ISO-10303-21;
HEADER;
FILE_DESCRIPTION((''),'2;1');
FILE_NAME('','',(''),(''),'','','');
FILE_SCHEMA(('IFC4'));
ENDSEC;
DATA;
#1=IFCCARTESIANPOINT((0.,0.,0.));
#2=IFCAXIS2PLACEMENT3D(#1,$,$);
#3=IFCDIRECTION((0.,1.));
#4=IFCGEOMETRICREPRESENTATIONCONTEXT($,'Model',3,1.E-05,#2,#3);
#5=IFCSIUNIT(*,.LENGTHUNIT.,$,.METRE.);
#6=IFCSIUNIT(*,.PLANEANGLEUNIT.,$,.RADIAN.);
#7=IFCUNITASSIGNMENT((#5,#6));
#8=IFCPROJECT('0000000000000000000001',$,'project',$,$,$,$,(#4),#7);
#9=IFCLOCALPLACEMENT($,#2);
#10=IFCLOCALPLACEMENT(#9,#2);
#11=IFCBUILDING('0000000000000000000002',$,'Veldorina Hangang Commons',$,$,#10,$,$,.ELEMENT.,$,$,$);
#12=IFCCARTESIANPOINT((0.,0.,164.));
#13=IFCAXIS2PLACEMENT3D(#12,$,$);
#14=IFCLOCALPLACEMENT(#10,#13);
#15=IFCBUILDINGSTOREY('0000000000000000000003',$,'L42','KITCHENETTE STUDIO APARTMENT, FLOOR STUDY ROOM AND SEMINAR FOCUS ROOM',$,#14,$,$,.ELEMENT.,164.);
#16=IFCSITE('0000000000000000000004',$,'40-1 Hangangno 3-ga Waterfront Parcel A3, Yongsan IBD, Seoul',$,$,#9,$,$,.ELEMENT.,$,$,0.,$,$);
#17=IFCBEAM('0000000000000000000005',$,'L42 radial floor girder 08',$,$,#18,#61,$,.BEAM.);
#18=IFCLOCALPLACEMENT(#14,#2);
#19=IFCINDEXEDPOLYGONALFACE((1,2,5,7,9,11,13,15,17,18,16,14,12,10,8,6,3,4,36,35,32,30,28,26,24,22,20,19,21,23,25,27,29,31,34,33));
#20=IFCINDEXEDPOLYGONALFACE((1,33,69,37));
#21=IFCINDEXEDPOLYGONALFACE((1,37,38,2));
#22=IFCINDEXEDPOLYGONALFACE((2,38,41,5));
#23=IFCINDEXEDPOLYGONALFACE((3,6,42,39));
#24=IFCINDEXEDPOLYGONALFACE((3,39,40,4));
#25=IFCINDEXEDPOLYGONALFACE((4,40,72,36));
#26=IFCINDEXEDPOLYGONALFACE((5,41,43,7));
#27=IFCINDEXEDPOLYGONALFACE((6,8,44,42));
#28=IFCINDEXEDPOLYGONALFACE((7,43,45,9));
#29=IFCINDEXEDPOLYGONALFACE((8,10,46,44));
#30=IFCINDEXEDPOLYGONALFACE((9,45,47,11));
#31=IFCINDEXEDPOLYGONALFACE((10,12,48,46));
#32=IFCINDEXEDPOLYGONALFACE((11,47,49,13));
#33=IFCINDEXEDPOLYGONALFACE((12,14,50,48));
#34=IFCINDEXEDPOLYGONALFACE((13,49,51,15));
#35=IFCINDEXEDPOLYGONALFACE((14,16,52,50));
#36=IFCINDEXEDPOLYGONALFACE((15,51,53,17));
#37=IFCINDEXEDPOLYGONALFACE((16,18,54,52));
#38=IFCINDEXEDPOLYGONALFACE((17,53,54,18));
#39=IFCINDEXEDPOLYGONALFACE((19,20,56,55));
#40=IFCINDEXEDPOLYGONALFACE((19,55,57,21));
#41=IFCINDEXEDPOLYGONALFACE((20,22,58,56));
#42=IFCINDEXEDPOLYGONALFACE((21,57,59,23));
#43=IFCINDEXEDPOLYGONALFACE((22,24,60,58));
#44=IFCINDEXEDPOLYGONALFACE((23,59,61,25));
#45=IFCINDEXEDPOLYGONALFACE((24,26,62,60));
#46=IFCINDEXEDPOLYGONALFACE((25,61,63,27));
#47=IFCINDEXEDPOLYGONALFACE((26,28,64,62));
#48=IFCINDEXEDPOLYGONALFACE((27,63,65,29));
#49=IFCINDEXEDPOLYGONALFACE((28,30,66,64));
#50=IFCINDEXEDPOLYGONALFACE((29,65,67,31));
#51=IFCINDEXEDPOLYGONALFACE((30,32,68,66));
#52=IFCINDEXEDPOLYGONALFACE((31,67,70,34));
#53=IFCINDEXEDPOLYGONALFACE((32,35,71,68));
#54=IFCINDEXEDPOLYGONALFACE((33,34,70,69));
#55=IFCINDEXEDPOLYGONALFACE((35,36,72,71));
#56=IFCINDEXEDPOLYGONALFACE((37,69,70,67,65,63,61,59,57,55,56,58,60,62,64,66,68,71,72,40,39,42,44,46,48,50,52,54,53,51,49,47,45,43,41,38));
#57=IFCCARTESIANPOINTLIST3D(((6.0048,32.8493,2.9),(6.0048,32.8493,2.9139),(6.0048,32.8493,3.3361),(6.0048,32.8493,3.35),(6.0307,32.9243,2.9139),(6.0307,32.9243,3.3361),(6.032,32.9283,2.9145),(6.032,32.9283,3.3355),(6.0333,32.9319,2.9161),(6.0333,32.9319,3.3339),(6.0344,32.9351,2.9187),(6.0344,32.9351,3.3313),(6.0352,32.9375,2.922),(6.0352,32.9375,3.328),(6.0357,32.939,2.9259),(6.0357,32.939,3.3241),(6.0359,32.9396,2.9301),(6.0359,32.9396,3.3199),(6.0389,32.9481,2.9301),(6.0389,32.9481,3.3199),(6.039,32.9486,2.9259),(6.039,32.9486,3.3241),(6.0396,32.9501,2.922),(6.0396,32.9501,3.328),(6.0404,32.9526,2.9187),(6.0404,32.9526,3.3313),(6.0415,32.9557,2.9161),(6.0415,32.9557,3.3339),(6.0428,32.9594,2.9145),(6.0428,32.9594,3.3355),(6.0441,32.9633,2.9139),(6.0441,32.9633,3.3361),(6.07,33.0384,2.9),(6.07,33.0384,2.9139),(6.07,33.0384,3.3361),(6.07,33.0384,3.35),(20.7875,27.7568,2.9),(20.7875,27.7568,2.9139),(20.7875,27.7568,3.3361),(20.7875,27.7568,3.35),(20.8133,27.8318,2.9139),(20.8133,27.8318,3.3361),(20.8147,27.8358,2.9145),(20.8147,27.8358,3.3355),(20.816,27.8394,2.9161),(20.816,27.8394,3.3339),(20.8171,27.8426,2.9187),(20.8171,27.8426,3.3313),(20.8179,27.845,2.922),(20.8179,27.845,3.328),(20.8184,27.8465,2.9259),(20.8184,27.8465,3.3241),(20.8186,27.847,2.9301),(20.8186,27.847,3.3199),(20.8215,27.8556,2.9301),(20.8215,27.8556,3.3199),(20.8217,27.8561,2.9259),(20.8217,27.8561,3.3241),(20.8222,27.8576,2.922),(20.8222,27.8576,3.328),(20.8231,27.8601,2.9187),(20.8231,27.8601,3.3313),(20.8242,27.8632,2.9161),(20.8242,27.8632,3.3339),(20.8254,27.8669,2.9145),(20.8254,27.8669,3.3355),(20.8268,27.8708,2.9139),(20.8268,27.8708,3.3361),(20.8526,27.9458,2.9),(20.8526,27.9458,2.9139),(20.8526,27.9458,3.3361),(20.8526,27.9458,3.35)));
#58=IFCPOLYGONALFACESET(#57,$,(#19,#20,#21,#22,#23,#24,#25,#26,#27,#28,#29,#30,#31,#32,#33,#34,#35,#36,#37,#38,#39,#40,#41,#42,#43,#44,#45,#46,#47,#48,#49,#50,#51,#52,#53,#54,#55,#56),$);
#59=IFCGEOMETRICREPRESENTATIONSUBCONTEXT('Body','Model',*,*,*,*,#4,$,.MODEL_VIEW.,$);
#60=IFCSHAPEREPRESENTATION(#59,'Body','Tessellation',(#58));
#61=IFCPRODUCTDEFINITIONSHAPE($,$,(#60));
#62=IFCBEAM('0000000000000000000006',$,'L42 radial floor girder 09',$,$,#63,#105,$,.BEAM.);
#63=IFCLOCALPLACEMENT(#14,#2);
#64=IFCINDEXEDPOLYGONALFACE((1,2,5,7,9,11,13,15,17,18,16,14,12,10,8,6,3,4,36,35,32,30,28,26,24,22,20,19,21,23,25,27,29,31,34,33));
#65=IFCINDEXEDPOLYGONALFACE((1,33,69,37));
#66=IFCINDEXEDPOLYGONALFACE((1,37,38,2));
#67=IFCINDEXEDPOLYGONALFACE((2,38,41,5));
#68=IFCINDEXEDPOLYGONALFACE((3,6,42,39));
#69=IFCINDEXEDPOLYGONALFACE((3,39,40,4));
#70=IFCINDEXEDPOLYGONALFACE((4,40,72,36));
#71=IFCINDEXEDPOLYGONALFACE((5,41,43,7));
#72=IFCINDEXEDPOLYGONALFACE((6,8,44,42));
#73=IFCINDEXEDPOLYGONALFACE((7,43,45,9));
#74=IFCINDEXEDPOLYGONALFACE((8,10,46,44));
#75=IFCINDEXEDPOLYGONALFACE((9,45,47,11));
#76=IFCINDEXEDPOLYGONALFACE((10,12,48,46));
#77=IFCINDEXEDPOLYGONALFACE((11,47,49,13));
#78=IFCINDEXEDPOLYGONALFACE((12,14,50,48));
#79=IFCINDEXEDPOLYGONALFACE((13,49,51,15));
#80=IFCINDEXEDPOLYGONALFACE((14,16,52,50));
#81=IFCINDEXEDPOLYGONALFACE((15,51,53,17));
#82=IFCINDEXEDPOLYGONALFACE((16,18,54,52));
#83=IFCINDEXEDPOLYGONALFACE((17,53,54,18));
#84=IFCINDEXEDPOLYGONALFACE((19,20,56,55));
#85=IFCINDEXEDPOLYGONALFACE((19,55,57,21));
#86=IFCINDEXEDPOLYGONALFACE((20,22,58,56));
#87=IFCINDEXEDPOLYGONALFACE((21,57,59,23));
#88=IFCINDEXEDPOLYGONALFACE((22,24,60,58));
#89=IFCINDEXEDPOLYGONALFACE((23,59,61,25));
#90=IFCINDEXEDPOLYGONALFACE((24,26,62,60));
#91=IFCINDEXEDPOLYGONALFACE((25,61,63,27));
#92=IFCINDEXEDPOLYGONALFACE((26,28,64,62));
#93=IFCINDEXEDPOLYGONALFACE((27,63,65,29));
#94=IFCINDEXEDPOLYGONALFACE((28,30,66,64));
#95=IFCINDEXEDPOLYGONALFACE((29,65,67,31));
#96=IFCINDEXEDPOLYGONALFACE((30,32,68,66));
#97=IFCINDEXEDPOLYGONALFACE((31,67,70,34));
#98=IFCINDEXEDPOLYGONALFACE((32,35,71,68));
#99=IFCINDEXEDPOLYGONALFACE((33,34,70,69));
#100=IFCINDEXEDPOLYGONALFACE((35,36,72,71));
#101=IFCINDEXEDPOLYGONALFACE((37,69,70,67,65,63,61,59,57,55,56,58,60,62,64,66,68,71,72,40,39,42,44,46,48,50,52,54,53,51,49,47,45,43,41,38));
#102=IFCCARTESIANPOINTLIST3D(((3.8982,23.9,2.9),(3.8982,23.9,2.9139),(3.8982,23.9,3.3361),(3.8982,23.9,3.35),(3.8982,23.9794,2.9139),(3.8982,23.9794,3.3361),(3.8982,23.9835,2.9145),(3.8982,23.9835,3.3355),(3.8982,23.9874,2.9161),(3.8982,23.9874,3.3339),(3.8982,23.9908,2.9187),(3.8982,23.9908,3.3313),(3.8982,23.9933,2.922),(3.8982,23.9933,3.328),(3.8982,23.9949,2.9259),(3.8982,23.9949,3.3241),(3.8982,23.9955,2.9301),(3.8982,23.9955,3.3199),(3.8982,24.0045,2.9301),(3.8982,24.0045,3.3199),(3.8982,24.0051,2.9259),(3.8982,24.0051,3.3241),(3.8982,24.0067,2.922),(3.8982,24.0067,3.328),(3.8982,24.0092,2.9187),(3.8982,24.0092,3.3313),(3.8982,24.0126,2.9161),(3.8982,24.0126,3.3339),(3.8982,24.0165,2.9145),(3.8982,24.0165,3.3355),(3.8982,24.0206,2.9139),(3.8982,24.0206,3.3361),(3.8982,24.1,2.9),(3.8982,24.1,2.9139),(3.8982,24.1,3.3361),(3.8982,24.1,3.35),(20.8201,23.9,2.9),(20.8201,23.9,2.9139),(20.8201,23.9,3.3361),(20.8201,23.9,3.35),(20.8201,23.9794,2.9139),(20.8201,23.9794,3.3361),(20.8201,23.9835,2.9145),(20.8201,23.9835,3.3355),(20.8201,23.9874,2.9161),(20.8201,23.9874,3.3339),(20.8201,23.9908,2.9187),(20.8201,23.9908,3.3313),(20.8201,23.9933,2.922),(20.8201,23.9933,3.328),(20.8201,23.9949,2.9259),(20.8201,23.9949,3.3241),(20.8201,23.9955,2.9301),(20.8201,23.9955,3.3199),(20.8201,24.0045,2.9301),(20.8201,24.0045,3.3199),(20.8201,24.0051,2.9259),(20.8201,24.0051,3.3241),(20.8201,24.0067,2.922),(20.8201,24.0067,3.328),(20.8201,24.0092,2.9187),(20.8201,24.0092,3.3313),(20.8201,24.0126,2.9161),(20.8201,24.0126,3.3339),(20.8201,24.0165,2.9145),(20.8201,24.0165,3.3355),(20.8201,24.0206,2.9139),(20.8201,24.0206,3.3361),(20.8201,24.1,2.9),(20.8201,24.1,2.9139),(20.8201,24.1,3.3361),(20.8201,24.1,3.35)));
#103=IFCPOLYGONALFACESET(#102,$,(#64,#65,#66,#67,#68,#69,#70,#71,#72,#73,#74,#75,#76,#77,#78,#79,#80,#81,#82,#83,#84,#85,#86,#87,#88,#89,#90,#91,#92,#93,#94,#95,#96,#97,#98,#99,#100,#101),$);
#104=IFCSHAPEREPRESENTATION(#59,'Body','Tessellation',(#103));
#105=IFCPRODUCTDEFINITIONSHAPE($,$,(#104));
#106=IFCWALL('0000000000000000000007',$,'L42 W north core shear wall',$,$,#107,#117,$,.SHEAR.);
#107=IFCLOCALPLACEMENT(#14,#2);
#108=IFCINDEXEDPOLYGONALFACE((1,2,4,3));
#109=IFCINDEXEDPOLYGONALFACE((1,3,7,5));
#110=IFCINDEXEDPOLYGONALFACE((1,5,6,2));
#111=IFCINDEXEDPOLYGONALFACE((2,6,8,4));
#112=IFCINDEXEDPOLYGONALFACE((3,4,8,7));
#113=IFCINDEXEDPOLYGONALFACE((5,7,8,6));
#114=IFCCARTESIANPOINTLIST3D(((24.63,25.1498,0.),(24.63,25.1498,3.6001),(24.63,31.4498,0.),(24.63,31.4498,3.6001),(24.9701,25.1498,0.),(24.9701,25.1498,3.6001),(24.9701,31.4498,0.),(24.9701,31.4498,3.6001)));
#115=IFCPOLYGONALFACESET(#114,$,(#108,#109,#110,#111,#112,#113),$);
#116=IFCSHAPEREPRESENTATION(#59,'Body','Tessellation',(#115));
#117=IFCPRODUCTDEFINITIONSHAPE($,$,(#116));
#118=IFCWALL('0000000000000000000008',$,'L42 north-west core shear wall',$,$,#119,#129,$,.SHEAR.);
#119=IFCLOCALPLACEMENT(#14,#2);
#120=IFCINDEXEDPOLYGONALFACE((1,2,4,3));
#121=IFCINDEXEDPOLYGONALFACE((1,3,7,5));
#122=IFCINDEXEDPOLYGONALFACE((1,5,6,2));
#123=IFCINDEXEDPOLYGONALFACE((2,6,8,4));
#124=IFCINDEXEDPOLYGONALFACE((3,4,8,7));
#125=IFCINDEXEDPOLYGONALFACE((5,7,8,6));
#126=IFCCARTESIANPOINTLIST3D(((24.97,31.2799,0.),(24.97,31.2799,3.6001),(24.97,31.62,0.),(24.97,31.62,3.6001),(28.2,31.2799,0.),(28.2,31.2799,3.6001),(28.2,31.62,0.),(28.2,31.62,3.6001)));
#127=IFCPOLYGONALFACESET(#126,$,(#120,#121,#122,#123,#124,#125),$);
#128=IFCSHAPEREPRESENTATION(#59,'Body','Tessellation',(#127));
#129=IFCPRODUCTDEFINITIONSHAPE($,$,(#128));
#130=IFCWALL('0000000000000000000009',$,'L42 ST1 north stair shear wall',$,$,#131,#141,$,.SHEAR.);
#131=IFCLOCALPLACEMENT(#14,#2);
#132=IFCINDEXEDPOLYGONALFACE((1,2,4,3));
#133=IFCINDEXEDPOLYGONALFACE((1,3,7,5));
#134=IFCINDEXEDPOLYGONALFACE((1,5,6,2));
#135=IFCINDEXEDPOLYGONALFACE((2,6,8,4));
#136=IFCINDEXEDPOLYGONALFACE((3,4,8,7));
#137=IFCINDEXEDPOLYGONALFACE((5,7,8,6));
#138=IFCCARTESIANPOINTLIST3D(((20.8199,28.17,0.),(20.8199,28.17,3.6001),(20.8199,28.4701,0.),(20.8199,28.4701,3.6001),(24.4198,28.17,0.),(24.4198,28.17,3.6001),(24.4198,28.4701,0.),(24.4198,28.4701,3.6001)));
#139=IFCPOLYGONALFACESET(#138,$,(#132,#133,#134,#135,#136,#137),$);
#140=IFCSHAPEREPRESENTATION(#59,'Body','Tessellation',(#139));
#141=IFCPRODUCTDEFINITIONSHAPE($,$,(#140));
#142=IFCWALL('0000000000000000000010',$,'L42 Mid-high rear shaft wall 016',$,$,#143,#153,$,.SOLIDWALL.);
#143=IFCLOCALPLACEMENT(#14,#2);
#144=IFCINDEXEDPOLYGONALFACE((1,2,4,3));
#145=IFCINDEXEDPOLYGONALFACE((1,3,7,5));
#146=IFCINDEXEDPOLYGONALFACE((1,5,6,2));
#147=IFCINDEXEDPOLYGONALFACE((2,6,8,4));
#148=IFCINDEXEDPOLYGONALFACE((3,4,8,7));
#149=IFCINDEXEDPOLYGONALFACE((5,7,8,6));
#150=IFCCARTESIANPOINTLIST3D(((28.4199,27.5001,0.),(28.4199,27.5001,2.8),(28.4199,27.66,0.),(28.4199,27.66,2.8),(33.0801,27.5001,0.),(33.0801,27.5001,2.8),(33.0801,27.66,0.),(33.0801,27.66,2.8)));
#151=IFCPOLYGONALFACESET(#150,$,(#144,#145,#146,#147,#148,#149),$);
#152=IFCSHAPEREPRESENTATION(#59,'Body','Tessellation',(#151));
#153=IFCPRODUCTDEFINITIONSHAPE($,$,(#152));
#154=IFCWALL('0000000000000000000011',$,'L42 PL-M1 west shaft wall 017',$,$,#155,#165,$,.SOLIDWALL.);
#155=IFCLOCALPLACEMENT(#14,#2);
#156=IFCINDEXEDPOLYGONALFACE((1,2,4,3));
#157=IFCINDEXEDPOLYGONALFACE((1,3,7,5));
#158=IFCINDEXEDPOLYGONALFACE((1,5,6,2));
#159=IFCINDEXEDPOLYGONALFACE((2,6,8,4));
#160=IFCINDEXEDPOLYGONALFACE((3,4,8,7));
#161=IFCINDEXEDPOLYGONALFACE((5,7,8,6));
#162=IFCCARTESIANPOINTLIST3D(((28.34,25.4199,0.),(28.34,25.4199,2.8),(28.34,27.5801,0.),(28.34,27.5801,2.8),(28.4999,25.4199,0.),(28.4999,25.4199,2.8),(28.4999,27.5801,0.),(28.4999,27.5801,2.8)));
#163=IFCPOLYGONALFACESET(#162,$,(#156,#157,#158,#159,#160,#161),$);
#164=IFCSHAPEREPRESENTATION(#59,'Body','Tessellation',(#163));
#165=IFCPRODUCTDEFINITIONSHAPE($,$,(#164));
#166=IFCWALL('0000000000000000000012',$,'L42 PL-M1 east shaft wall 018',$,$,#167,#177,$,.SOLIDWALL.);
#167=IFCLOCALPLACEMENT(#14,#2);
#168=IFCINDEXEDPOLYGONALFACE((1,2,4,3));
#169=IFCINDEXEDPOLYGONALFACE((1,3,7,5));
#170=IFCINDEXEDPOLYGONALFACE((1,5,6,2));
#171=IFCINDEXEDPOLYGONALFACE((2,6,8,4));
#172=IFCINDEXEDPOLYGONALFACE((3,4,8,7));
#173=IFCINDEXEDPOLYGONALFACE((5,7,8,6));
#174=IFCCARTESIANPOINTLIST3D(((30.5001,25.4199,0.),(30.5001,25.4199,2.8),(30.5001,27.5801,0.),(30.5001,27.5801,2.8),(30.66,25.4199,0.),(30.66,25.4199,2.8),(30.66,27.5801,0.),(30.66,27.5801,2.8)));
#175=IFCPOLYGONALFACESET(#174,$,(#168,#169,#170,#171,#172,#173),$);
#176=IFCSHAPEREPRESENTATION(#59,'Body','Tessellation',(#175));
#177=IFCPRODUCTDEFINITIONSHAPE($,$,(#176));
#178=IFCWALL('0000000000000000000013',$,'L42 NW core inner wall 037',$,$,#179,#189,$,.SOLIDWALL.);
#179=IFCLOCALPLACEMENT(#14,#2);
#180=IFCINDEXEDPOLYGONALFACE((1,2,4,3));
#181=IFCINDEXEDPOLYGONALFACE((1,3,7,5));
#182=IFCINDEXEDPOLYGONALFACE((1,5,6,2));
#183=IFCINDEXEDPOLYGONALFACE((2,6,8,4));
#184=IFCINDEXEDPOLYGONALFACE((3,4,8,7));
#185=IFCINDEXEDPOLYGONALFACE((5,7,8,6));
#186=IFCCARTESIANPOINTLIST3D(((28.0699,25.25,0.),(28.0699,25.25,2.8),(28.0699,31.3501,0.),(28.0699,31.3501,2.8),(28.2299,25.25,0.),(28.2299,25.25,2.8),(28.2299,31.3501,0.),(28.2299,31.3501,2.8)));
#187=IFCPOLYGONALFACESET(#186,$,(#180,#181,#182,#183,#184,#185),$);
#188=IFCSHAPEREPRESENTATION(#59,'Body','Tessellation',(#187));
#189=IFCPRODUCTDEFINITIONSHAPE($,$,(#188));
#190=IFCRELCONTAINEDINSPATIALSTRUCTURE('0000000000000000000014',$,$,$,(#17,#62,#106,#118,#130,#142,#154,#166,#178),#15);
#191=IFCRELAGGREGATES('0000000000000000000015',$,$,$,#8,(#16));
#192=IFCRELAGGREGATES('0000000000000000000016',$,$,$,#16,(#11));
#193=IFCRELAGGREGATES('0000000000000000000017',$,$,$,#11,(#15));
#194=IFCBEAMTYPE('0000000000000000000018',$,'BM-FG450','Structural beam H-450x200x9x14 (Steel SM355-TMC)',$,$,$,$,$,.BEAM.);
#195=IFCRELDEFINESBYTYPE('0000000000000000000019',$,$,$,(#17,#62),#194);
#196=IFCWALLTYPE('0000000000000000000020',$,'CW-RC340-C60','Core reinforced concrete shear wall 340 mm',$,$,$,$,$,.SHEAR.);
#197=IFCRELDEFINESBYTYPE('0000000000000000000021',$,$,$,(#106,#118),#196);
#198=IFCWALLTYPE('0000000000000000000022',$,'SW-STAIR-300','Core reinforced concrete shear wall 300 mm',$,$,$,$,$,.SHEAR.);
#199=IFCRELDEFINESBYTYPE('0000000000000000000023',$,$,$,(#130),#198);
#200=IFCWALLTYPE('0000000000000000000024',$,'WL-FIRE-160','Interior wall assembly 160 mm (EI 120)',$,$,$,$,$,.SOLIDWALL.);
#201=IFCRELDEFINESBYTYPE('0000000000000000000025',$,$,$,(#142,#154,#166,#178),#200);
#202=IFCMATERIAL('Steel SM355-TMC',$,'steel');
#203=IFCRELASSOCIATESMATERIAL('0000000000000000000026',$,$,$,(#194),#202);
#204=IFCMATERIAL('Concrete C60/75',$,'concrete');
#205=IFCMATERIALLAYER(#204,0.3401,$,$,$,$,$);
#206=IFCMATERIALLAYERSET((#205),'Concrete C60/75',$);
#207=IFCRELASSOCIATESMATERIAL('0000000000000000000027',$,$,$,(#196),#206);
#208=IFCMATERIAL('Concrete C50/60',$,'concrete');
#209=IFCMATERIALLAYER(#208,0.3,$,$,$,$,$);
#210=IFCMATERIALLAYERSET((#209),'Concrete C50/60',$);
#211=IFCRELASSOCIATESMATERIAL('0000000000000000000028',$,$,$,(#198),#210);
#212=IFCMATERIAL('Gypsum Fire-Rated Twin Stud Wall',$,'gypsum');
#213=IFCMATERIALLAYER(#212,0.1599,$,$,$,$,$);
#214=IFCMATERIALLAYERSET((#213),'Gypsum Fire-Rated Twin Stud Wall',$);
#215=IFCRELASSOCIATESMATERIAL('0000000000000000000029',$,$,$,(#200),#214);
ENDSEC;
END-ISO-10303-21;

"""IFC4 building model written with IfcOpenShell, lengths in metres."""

from ifc_helpers import new_model, si_unit, direction, frame, frame_2d, origin, origin_2d, place, context, subcontext, project, spatial, rectangle, i_section, extrude, material, layer, layer_set, material_profile, profile_set, type_object, element, save


model = new_model("IFC4")

# Units and contexts
model_context = context("Model", 3, precision=1e-05, world=origin(), true_north=direction((0.0, 1.0)))
body_context = subcontext(model_context, "Body", "Model", "MODEL_VIEW")
ifc_project = project(units=[si_unit("LENGTHUNIT", "METRE"), si_unit("PLANEANGLEUNIT", "RADIAN")], contexts=[model_context])

# Site, building, storey
site_placement = place(None, origin())
site = spatial("IfcSite", under=ifc_project, at=site_placement, Name="40-1 Hangangno 3-ga Waterfront Parcel A3, Yongsan IBD, Seoul", CompositionType="ELEMENT", RefElevation=0.0)
building_placement = place(site_placement, origin())
building = spatial("IfcBuilding", under=site, at=building_placement, Name="Veldorina Hangang Commons", CompositionType="ELEMENT")
storey_placement = place(building_placement, frame((0.0, 0.0, 164.0)))
storey = spatial("IfcBuildingStorey", under=building, at=storey_placement, Name="L42", Description="KITCHENETTE STUDIO APARTMENT, FLOOR STUDY ROOM AND SEMINAR FOCUS ROOM", CompositionType="ELEMENT", Elevation=164.0)

# Beams
ifc_material_1 = material(Name="Concrete C60/75", Category="concrete")
ifc_material_2 = material(Name="Steel SM355-TMC", Category="steel")
ifc_material_profile_1 = material_profile(ifc_material_2, i_section(OverallWidth=0.2, OverallDepth=0.45, WebThickness=0.009, FlangeThickness=0.0139, FilletRadius=0.0161, at=origin_2d()), Name="H-450x200x9x14")
ifc_profile_set_1 = profile_set([ifc_material_profile_1], Name="Steel SM355-TMC")
beam_type_1 = type_object("IfcBeamType", Name="BM-FG450", Description="Structural beam H-450x200x9x14 (Steel SM355-TMC)", PredefinedType="BEAM", material=ifc_profile_set_1)
beam_1_placement = place(storey_placement, frame((20.8201, 27.8513, 3.125), z_axis=(-0.945471, 0.325707, 0.0), x_axis=(-0.325707, -0.945471, 0.0)))
element("IfcBeam", 1, at=beam_1_placement, inside=storey, type_object=beam_type_1, Name="L42 radial floor girder 08", PredefinedType="BEAM", context=body_context, shape_type="SweptSolid", body=[
    extrude(i_section(OverallWidth=0.2, OverallDepth=0.45, WebThickness=0.009, FlangeThickness=0.0139, FilletRadius=0.0161, at=origin_2d()), origin(), (0.0, 0.0, 1.0), 15.6353),
])
beam_2_placement = place(storey_placement, frame((20.8201, 24.0, 3.125), z_axis=(-1.0, 0.0, 0.0), x_axis=(0.0, -1.0, 0.0)))
element("IfcBeam", 2, at=beam_2_placement, inside=storey, type_object=beam_type_1, Name="L42 radial floor girder 09", PredefinedType="BEAM", context=body_context, shape_type="SweptSolid", body=[
    extrude(i_section(OverallWidth=0.2, OverallDepth=0.45, WebThickness=0.009, FlangeThickness=0.0139, FilletRadius=0.0161, at=origin_2d()), origin(), (0.0, 0.0, 1.0), 16.9219),
])

# Walls
ifc_layer_1 = layer(ifc_material_1, 0.3401)
ifc_layer_set_1 = layer_set([ifc_layer_1], Name="Concrete C60/75")
wall_type_1 = type_object("IfcWallType", Name="CW-RC340-C60", Description="Core reinforced concrete shear wall 340 mm", PredefinedType="SHEAR", material=ifc_layer_set_1)
wall_1_placement = place(storey_placement, frame((24.8, 25.1499, 0.0), z_axis=(0.0, 0.0, 1.0), x_axis=(0.0, 1.0, 0.0)))
element("IfcWall", 3, at=wall_1_placement, inside=storey, type_object=wall_type_1, Name="L42 W north core shear wall", PredefinedType="SHEAR", context=body_context, shape_type="SweptSolid", body=[
    extrude(rectangle(XDim=6.3, YDim=0.3401, at=frame_2d((3.1499, 0.0))), origin(), (0.0, 0.0, 1.0), 3.6001),
])
wall_2_placement = place(storey_placement, frame((24.97, 31.45, 0.0), z_axis=(0.0, 0.0, 1.0), x_axis=(1.0, 0.0, 0.0)))
element("IfcWall", 4, at=wall_2_placement, inside=storey, type_object=wall_type_1, Name="L42 north-west core shear wall", PredefinedType="SHEAR", context=body_context, shape_type="SweptSolid", body=[
    extrude(rectangle(XDim=3.23, YDim=0.3401, at=frame_2d((1.615, 0.0))), origin(), (0.0, 0.0, 1.0), 3.6001),
])
ifc_material_3 = material(Name="Concrete C50/60", Category="concrete")
ifc_layer_2 = layer(ifc_material_3, 0.3)
ifc_layer_set_2 = layer_set([ifc_layer_2], Name="Concrete C50/60")
wall_type_2 = type_object("IfcWallType", Name="SW-STAIR-300", Description="Core reinforced concrete shear wall 300 mm", PredefinedType="SHEAR", material=ifc_layer_set_2)
wall_3_placement = place(storey_placement, frame((20.8201, 28.3201, 0.0), z_axis=(0.0, 0.0, 1.0), x_axis=(1.0, 0.0, 0.0)))
element("IfcWall", 5, at=wall_3_placement, inside=storey, type_object=wall_type_2, Name="L42 ST1 north stair shear wall", PredefinedType="SHEAR", context=body_context, shape_type="SweptSolid", body=[
    extrude(rectangle(XDim=3.5999, YDim=0.3, at=frame_2d((1.7998, 0.0))), origin(), (0.0, 0.0, 1.0), 3.6001),
])

# Shared definitions
ifc_material_4 = material(Name="Gypsum Fire-Rated Twin Stud Wall", Category="gypsum")
ifc_layer_3 = layer(ifc_material_4, 0.1599)
ifc_layer_set_3 = layer_set([ifc_layer_3], Name="Gypsum Fire-Rated Twin Stud Wall")
wall_type_3 = type_object("IfcWallType", Name="WL-FIRE-160", Description="Interior wall assembly 160 mm (EI 120)", PredefinedType="SOLIDWALL", material=ifc_layer_set_3)

# Walls
wall_4_placement = place(storey_placement, frame((28.4199, 27.5801, 0.0), z_axis=(0.0, 0.0, 1.0), x_axis=(1.0, 0.0, 0.0)))
element("IfcWall", 6, at=wall_4_placement, inside=storey, type_object=wall_type_3, Name="L42 Mid-high rear shaft wall 016", PredefinedType="SOLIDWALL", context=body_context, shape_type="SweptSolid", body=[
    extrude(rectangle(XDim=4.6602, YDim=0.1599, at=frame_2d((2.3301, 0.0))), origin(), (0.0, 0.0, 1.0), 2.8),
])
for number, where, z_axis, x_axis, name in (
    (7, (28.4199, 25.4199, 0.0), (0.0, 0.0, 1.0), (0.0, 1.0, 0.0), "L42 PL-M1 west shaft wall 017"),
    (8, (30.5801, 25.4199, 0.0), (0.0, 0.0, 1.0), (0.0, 1.0, 0.0), "L42 PL-M1 east shaft wall 018"),
):
    element("IfcWall", number, at=place(storey_placement, frame(where, z_axis=z_axis, x_axis=x_axis)), inside=storey, type_object=wall_type_3, Name=name, PredefinedType="SOLIDWALL", context=body_context, shape_type="SweptSolid", body=[
        extrude(rectangle(XDim=2.1602, YDim=0.1599, at=frame_2d((1.0801, 0.0))), origin(), (0.0, 0.0, 1.0), 2.8),
    ])
wall_5_placement = place(storey_placement, frame((28.1499, 25.25, 0.0), z_axis=(0.0, 0.0, 1.0), x_axis=(0.0, 1.0, 0.0)))
element("IfcWall", 9, at=wall_5_placement, inside=storey, type_object=wall_type_3, Name="L42 NW core inner wall 037", PredefinedType="SOLIDWALL", context=body_context, shape_type="SweptSolid", body=[
    extrude(rectangle(XDim=6.1001, YDim=0.1599, at=frame_2d((3.05, 0.0))), origin(), (0.0, 0.0, 1.0), 2.8),
])

save(model, "model.ifc")
